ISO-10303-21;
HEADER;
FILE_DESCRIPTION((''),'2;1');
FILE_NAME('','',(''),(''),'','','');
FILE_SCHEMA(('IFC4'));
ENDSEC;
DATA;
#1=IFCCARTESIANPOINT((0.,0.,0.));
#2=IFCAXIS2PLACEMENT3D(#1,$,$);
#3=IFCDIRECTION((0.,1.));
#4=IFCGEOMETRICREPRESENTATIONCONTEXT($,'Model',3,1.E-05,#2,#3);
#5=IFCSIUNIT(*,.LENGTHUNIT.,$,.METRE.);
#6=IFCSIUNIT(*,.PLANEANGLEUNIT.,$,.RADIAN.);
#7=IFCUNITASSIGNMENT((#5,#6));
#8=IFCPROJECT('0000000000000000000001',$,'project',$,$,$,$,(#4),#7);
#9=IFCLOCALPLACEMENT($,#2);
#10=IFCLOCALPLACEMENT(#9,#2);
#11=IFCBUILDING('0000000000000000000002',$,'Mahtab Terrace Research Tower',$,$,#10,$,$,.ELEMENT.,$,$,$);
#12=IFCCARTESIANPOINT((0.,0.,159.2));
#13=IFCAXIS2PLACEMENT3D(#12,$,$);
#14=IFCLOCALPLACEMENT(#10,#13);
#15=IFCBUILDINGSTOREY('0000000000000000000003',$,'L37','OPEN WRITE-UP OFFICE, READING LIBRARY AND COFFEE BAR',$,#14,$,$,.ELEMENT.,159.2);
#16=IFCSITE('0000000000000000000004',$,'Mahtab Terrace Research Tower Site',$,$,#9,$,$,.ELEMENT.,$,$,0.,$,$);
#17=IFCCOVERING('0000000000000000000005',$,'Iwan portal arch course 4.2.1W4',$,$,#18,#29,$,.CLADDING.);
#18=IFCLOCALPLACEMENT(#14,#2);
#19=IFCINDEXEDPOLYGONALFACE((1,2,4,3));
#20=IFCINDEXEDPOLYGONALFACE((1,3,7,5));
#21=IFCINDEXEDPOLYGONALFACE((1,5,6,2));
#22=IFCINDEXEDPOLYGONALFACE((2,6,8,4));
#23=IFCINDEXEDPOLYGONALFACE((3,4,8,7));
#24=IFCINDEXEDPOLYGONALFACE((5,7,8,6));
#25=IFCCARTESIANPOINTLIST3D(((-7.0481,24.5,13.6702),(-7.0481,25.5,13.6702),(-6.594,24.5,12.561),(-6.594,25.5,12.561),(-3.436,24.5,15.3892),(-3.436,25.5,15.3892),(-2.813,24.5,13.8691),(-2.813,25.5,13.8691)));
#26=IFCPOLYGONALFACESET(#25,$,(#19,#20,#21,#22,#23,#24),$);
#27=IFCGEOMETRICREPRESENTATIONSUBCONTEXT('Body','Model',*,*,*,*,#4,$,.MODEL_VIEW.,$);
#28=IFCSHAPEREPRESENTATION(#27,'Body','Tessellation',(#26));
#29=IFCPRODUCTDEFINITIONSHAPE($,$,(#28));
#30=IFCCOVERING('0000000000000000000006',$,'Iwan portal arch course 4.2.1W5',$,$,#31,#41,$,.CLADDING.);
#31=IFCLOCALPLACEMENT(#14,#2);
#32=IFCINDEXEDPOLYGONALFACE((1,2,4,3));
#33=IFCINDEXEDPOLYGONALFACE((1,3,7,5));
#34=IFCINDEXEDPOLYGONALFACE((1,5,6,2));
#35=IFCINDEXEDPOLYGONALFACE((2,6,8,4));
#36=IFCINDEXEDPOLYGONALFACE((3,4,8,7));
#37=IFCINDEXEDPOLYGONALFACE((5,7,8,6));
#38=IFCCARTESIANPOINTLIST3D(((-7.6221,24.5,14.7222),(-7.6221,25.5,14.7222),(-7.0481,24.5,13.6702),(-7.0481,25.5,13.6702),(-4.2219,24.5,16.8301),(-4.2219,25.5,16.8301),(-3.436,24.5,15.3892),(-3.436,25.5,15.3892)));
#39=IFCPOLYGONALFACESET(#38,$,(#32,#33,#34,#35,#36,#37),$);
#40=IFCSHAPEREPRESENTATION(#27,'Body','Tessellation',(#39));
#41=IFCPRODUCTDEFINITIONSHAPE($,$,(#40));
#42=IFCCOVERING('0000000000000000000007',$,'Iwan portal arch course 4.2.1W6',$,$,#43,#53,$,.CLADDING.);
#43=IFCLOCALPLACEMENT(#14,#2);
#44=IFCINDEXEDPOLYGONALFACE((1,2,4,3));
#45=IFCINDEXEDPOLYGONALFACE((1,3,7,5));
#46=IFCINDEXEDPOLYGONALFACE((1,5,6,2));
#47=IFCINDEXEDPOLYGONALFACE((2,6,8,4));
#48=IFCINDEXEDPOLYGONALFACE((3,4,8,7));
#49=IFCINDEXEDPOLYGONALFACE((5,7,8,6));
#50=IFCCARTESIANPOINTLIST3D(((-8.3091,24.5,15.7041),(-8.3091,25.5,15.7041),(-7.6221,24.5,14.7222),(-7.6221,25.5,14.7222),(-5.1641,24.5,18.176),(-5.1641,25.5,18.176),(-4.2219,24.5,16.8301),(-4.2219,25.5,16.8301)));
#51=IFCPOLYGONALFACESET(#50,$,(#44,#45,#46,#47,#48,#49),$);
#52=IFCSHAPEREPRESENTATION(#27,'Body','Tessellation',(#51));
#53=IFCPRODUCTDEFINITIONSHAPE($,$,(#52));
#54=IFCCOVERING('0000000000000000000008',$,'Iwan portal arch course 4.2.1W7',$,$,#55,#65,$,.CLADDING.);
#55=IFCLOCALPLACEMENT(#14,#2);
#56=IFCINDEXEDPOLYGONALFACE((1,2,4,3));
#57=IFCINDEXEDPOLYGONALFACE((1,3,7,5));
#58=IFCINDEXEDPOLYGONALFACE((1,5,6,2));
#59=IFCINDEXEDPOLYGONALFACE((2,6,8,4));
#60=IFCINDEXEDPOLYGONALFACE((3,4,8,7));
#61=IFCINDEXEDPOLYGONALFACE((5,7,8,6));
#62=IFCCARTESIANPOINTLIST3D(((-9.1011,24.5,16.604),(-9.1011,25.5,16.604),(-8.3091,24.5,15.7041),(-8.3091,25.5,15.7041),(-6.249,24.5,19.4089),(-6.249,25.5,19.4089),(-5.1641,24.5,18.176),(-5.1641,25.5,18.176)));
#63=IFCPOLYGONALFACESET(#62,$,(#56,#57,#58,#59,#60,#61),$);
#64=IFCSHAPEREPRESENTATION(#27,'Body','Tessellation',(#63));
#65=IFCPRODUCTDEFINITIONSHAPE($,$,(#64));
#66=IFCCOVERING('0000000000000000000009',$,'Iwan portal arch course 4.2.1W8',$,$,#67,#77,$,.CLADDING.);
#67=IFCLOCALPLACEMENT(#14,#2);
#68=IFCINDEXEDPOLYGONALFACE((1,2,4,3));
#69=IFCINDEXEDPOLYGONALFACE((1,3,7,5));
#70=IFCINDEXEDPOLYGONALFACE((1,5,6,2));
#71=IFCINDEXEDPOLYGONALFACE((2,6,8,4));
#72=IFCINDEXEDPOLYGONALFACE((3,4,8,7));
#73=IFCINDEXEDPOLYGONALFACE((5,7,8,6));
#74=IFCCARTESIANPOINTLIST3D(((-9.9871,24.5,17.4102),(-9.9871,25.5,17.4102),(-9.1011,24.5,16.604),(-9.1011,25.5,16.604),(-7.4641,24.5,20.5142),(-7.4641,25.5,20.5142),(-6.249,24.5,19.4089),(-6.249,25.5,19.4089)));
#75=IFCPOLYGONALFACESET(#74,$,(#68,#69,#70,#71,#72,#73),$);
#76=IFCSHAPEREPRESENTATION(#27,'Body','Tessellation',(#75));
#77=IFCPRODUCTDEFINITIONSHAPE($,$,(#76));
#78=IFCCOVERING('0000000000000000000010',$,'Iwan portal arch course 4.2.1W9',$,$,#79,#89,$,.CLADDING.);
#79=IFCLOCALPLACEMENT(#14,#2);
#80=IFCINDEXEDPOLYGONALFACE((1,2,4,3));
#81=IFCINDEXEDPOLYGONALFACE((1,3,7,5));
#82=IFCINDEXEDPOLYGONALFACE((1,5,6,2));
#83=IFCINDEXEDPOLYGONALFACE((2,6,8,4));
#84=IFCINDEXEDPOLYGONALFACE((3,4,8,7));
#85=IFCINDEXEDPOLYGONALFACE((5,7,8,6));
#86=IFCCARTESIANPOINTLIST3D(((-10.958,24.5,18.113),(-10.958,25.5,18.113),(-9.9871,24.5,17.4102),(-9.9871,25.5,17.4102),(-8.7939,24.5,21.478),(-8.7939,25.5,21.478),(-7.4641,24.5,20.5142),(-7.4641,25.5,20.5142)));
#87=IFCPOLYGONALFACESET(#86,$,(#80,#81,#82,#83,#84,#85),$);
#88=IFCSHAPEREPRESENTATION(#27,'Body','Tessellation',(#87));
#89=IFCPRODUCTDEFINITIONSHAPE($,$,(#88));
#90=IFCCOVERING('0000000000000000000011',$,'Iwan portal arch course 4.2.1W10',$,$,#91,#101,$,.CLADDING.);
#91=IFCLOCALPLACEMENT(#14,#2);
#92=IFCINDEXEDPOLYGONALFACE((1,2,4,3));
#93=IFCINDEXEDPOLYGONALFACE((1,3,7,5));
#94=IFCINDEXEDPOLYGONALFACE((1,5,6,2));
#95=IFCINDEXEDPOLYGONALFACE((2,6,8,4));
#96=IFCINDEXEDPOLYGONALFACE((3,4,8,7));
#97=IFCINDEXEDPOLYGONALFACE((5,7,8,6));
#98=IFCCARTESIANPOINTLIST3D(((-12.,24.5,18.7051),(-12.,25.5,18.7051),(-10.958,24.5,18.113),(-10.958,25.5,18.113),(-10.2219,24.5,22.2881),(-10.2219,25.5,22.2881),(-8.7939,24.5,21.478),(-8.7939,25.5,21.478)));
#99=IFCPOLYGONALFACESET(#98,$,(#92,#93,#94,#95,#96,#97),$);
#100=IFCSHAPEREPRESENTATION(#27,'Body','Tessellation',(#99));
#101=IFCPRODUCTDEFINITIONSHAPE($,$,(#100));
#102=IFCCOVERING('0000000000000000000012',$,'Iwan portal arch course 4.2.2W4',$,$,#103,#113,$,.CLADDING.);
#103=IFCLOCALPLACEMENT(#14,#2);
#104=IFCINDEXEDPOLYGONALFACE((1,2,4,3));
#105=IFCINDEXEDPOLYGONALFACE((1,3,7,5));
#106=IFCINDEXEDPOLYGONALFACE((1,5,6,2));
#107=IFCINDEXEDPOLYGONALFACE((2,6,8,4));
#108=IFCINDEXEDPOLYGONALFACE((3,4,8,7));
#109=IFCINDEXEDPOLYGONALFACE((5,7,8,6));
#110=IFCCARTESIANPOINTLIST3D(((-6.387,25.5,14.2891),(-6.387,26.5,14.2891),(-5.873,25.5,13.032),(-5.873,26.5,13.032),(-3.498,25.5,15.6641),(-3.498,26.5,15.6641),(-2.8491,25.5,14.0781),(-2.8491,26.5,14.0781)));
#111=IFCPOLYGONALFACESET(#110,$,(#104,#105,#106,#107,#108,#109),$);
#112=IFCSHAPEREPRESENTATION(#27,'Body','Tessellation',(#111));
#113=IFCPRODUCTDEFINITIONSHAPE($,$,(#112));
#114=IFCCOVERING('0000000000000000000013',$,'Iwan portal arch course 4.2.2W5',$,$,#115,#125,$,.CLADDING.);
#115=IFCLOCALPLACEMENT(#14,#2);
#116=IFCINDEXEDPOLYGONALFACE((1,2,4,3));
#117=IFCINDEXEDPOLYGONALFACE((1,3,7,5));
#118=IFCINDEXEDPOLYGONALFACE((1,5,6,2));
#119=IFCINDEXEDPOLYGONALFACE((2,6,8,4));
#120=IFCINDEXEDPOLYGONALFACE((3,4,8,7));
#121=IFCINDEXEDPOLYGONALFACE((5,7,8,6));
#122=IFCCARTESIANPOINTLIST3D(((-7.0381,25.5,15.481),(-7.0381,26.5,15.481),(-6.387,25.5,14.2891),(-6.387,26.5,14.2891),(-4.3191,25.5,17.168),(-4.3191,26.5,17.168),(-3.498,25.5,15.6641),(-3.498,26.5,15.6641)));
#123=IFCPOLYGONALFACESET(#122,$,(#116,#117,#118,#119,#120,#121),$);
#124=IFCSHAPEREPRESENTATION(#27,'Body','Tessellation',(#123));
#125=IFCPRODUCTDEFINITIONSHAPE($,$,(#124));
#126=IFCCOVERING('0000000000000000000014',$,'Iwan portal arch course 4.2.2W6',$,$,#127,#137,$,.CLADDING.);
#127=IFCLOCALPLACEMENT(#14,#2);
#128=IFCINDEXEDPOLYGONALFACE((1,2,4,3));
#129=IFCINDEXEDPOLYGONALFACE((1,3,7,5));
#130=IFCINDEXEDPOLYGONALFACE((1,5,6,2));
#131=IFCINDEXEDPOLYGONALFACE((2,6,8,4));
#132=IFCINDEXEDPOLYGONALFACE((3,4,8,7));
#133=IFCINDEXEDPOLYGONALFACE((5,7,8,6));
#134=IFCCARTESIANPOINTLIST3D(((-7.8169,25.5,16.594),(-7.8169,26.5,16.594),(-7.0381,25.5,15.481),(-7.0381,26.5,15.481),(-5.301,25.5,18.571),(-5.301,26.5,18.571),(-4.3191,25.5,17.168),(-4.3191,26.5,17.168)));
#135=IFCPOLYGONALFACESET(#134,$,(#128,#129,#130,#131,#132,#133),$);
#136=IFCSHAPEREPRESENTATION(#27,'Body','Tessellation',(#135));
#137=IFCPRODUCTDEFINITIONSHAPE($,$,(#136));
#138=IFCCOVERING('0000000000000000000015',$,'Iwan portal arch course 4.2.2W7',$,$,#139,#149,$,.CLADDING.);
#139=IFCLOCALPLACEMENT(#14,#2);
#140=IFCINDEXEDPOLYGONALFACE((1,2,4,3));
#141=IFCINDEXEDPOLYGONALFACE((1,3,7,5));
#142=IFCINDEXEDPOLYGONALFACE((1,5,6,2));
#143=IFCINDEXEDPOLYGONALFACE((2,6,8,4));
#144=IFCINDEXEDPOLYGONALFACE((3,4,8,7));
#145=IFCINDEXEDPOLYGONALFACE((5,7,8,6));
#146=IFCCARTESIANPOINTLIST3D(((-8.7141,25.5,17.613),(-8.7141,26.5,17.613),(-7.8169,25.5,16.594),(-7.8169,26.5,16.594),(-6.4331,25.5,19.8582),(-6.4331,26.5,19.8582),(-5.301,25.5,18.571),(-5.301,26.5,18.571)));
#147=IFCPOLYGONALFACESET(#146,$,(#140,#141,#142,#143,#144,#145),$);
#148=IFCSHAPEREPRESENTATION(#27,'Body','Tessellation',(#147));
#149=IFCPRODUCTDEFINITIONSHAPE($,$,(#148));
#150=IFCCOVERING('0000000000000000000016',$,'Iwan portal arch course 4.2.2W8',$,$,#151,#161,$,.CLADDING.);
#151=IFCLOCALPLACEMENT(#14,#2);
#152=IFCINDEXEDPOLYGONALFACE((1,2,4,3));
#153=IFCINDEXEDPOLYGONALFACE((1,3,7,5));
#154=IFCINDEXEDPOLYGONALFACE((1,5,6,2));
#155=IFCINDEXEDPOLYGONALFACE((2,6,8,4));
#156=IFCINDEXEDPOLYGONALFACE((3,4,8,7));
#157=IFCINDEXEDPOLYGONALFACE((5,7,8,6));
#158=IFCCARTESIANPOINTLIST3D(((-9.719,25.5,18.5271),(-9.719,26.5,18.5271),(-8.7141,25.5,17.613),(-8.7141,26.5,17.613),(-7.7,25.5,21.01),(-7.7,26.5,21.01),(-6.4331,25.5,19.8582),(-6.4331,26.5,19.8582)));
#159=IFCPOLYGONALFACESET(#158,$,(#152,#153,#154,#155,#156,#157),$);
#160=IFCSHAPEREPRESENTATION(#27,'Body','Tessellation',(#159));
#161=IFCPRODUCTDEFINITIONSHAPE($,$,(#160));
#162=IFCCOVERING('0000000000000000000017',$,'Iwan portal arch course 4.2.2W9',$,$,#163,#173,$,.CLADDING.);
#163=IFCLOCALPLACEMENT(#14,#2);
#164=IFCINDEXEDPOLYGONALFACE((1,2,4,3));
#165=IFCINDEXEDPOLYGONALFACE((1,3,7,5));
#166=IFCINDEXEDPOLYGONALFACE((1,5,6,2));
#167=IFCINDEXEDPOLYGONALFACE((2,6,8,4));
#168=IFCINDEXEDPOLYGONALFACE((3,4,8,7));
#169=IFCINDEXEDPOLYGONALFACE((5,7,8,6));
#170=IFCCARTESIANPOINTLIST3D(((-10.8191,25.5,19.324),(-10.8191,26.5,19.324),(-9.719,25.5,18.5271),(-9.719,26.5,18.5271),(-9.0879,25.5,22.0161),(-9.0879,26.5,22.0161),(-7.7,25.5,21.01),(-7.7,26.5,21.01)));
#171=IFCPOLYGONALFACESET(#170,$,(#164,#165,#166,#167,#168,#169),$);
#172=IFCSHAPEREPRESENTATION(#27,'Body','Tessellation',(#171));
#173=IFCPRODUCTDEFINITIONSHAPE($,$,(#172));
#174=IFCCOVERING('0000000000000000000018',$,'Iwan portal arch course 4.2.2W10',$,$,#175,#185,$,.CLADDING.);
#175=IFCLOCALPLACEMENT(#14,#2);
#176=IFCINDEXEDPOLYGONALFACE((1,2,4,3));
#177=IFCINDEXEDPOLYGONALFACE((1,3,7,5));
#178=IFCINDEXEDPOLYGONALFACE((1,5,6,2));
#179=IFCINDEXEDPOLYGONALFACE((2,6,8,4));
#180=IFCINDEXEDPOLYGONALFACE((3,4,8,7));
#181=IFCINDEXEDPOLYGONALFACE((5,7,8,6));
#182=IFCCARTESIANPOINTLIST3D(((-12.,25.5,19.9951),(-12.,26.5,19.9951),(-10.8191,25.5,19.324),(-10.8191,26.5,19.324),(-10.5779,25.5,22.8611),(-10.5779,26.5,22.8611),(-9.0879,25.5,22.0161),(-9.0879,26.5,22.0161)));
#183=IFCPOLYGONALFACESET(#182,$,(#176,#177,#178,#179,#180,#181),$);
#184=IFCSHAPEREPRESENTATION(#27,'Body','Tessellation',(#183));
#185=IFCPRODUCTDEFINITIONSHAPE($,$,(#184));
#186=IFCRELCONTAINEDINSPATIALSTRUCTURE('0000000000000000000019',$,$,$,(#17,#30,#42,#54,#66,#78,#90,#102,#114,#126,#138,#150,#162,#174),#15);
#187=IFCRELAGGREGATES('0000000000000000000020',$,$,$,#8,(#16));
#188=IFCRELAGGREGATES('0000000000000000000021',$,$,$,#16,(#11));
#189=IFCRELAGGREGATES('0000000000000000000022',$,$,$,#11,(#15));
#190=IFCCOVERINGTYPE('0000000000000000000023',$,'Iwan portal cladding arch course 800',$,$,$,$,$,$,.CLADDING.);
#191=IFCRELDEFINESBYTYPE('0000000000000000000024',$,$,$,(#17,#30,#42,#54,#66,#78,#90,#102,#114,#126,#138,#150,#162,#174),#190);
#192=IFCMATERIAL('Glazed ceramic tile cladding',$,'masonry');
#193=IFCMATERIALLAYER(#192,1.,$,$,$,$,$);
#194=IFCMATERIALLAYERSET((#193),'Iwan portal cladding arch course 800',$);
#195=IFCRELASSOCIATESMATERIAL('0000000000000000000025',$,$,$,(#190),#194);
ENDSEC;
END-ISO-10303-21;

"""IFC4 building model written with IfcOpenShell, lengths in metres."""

from ifc_helpers import new_model, si_unit, direction, frame, origin, place, context, subcontext, project, spatial, polyline, outline, extrude, material, layer, layer_set, type_object, element, save


model = new_model("IFC4")

# Units and contexts
model_context = context("Model", 3, precision=1e-05, world=origin(), true_north=direction((0.0, 1.0)))
body_context = subcontext(model_context, "Body", "Model", "MODEL_VIEW")
ifc_project = project(units=[si_unit("LENGTHUNIT", "METRE"), si_unit("PLANEANGLEUNIT", "RADIAN")], contexts=[model_context])

# Site, building, storey
site_placement = place(None, origin())
site = spatial("IfcSite", under=ifc_project, at=site_placement, Name="Mahtab Terrace Research Tower Site", CompositionType="ELEMENT", RefElevation=0.0)
building_placement = place(site_placement, origin())
building = spatial("IfcBuilding", under=site, at=building_placement, Name="Mahtab Terrace Research Tower", CompositionType="ELEMENT")
storey_placement = place(building_placement, frame((0.0, 0.0, 159.2)))
storey = spatial("IfcBuildingStorey", under=building, at=storey_placement, Name="L37", Description="OPEN WRITE-UP OFFICE, READING LIBRARY AND COFFEE BAR", CompositionType="ELEMENT", Elevation=159.2)

# Coverings
ifc_material = material(Name="Glazed ceramic tile cladding", Category="masonry")
ifc_layer = layer(ifc_material, 1.0)
ifc_layer_set = layer_set([ifc_layer], Name="Iwan portal cladding arch course 800")
covering_type = type_object("IfcCoveringType", Name="Iwan portal cladding arch course 800", PredefinedType="CLADDING", material=ifc_layer_set)
covering_1_placement = place(storey_placement, frame((-2.813, 24.5, 13.8691), z_axis=(0.0, -1.0, 0.0), x_axis=(-0.379269, 0.0, 0.925286)))
element("IfcCovering", 1, at=covering_1_placement, inside=storey, type_object=covering_type, Name="Iwan portal arch course 4.2.1W4", PredefinedType="CLADDING", context=body_context, shape_type="SweptSolid", body=[
    extrude(outline(polyline([(0.0, 0.0), (1.6428, 0.0), (1.4221, 3.9942), (0.2236, 3.9946), (0.0, 0.0)])), origin(), (0.0, 0.0, -1.0), 1.0),
])
covering_2_placement = place(storey_placement, frame((-3.436, 24.5, 15.3892), z_axis=(0.0, -1.0, 0.0), x_axis=(-0.478821, 0.0, 0.877913)))
element("IfcCovering", 2, at=covering_2_placement, inside=storey, type_object=covering_type, Name="Iwan portal arch course 4.2.1W5", PredefinedType="CLADDING", context=body_context, shape_type="SweptSolid", body=[
    extrude(outline(polyline([(0.0, 0.0), (1.6413, 0.0), (1.4188, 3.9943), (0.2204, 3.9942), (0.0, 0.0)])), origin(), (0.0, 0.0, -1.0), 1.0),
])
covering_3_placement = place(storey_placement, frame((-4.2219, 24.5, 16.8301), z_axis=(0.0, -1.0, 0.0), x_axis=(-0.573452, 0.0, 0.819239)))
element("IfcCovering", 3, at=covering_3_placement, inside=storey, type_object=covering_type, Name="Iwan portal arch course 4.2.1W6", PredefinedType="CLADDING", context=body_context, shape_type="SweptSolid", body=[
    extrude(outline(polyline([(0.0, 0.0), (1.6429, 0.0), (1.4213, 3.9941), (0.2229, 3.9943), (0.0, 0.0)])), origin(), (0.0, 0.0, -1.0), 1.0),
])
covering_4_placement = place(storey_placement, frame((-5.1641, 24.5, 18.176), z_axis=(0.0, -1.0, 0.0), x_axis=(-0.660628, 0.0, 0.750714)))
element("IfcCovering", 4, at=covering_4_placement, inside=storey, type_object=covering_type, Name="Iwan portal arch course 4.2.1W7", PredefinedType="CLADDING", context=body_context, shape_type="SweptSolid", body=[
    extrude(outline(polyline([(0.0, 0.0), (1.6423, 0.0), (1.4208, 3.9941), (0.222, 3.994), (0.0, 0.0)])), origin(), (0.0, 0.0, -1.0), 1.0),
])
covering_5_placement = place(storey_placement, frame((-6.249, 24.5, 19.4089), z_axis=(0.0, -1.0, 0.0), x_axis=(-0.739758, 0.0, 0.672873)))
element("IfcCovering", 5, at=covering_5_placement, inside=storey, type_object=covering_type, Name="Iwan portal arch course 4.2.1W8", PredefinedType="CLADDING", context=body_context, shape_type="SweptSolid", body=[
    extrude(outline(polyline([(0.0, 0.0), (1.6425, 0.0), (1.4203, 3.9938), (0.2225, 3.994), (0.0, 0.0)])), origin(), (0.0, 0.0, -1.0), 1.0),
])
covering_6_placement = place(storey_placement, frame((-7.4641, 24.5, 20.5142), z_axis=(0.0, -1.0, 0.0), x_axis=(-0.809686, 0.0, 0.586863)))
element("IfcCovering", 6, at=covering_6_placement, inside=storey, type_object=covering_type, Name="Iwan portal arch course 4.2.1W9", PredefinedType="CLADDING", context=body_context, shape_type="SweptSolid", body=[
    extrude(outline(polyline([(0.0, 0.0), (1.6424, 0.0), (1.4198, 3.9946), (0.2212, 3.9939), (0.0, 0.0)])), origin(), (0.0, 0.0, -1.0), 1.0),
])
covering_7_placement = place(storey_placement, frame((-8.7939, 24.5, 21.478), z_axis=(0.0, -1.0, 0.0), x_axis=(-0.869795, 0.0, 0.493414)))
element("IfcCovering", 7, at=covering_7_placement, inside=storey, type_object=covering_type, Name="Iwan portal arch course 4.2.1W10", PredefinedType="CLADDING", context=body_context, shape_type="SweptSolid", body=[
    extrude(outline(polyline([(0.0, 0.0), (1.6417, 0.0), (1.4204, 3.9938), (0.222, 3.9946), (0.0, 0.0)])), origin(), (0.0, 0.0, -1.0), 1.0),
])
covering_8_placement = place(storey_placement, frame((-2.8491, 25.5, 14.0781), z_axis=(0.0, -1.0, 0.0), x_axis=(-0.378699, 0.0, 0.92552)))
element("IfcCovering", 8, at=covering_8_placement, inside=storey, type_object=covering_type, Name="Iwan portal arch course 4.2.2W4", PredefinedType="CLADDING", context=body_context, shape_type="SweptSolid", body=[
    extrude(outline(polyline([(0.0, 0.0), (1.7136, 0.0), (1.535, 3.1945), (0.1769, 3.1949), (0.0, 0.0)])), origin(), (0.0, 0.0, -1.0), 1.0),
])
covering_9_placement = place(storey_placement, frame((-3.498, 25.5, 15.6641), z_axis=(0.0, -1.0, 0.0), x_axis=(-0.479182, 0.0, 0.877716)))
element("IfcCovering", 9, at=covering_9_placement, inside=storey, type_object=covering_type, Name="Iwan portal arch course 4.2.2W5", PredefinedType="CLADDING", context=body_context, shape_type="SweptSolid", body=[
    extrude(outline(polyline([(0.0, 0.0), (1.7134, 0.0), (1.5356, 3.1949), (0.1775, 3.1945), (0.0, 0.0)])), origin(), (0.0, 0.0, -1.0), 1.0),
])
covering_10_placement = place(storey_placement, frame((-4.3191, 25.5, 17.168), z_axis=(0.0, -1.0, 0.0), x_axis=(-0.573376, 0.0, 0.819292)))
element("IfcCovering", 10, at=covering_10_placement, inside=storey, type_object=covering_type, Name="Iwan portal arch course 4.2.2W6", PredefinedType="CLADDING", context=body_context, shape_type="SweptSolid", body=[
    extrude(outline(polyline([(0.0, 0.0), (1.7125, 0.0), (1.5353, 3.1948), (0.1769, 3.1949), (0.0, 0.0)])), origin(), (0.0, 0.0, -1.0), 1.0),
])
covering_11_placement = place(storey_placement, frame((-5.301, 25.5, 18.571), z_axis=(0.0, -1.0, 0.0), x_axis=(-0.660438, 0.0, 0.75088)))
element("IfcCovering", 11, at=covering_11_placement, inside=storey, type_object=covering_type, Name="Iwan portal arch course 4.2.2W7", PredefinedType="CLADDING", context=body_context, shape_type="SweptSolid", body=[
    extrude(outline(polyline([(0.0, 0.0), (1.7141, 0.0), (1.5348, 3.1955), (0.177, 3.1948), (0.0, 0.0)])), origin(), (0.0, 0.0, -1.0), 1.0),
])
covering_12_placement = place(storey_placement, frame((-6.4331, 25.5, 19.8582), z_axis=(0.0, -1.0, 0.0), x_axis=(-0.739888, 0.0, 0.67273)))
element("IfcCovering", 12, at=covering_12_placement, inside=storey, type_object=covering_type, Name="Iwan portal arch course 4.2.2W8", PredefinedType="CLADDING", context=body_context, shape_type="SweptSolid", body=[
    extrude(outline(polyline([(0.0, 0.0), (1.7122, 0.0), (1.5358, 3.1953), (0.1773, 3.1956), (0.0, 0.0)])), origin(), (0.0, 0.0, -1.0), 1.0),
])
covering_13_placement = place(storey_placement, frame((-7.7, 25.5, 21.01), z_axis=(0.0, -1.0, 0.0), x_axis=(-0.809653, 0.0, 0.586909)))
element("IfcCovering", 13, at=covering_13_placement, inside=storey, type_object=covering_type, Name="Iwan portal arch course 4.2.2W9", PredefinedType="CLADDING", context=body_context, shape_type="SweptSolid", body=[
    extrude(outline(polyline([(0.0, 0.0), (1.7142, 0.0), (1.5359, 3.1958), (0.1775, 3.1953), (0.0, 0.0)])), origin(), (0.0, 0.0, -1.0), 1.0),
])
covering_14_placement = place(storey_placement, frame((-9.0879, 25.5, 22.0161), z_axis=(0.0, -1.0, 0.0), x_axis=(-0.869861, 0.0, 0.493297)))
element("IfcCovering", 14, at=covering_14_placement, inside=storey, type_object=covering_type, Name="Iwan portal arch course 4.2.2W10", PredefinedType="CLADDING", context=body_context, shape_type="SweptSolid", body=[
    extrude(outline(polyline([(0.0, 0.0), (1.7129, 0.0), (1.5362, 3.1945), (0.1779, 3.1958), (0.0, 0.0)])), origin(), (0.0, 0.0, -1.0), 1.0),
])

save(model, "model.ifc")
